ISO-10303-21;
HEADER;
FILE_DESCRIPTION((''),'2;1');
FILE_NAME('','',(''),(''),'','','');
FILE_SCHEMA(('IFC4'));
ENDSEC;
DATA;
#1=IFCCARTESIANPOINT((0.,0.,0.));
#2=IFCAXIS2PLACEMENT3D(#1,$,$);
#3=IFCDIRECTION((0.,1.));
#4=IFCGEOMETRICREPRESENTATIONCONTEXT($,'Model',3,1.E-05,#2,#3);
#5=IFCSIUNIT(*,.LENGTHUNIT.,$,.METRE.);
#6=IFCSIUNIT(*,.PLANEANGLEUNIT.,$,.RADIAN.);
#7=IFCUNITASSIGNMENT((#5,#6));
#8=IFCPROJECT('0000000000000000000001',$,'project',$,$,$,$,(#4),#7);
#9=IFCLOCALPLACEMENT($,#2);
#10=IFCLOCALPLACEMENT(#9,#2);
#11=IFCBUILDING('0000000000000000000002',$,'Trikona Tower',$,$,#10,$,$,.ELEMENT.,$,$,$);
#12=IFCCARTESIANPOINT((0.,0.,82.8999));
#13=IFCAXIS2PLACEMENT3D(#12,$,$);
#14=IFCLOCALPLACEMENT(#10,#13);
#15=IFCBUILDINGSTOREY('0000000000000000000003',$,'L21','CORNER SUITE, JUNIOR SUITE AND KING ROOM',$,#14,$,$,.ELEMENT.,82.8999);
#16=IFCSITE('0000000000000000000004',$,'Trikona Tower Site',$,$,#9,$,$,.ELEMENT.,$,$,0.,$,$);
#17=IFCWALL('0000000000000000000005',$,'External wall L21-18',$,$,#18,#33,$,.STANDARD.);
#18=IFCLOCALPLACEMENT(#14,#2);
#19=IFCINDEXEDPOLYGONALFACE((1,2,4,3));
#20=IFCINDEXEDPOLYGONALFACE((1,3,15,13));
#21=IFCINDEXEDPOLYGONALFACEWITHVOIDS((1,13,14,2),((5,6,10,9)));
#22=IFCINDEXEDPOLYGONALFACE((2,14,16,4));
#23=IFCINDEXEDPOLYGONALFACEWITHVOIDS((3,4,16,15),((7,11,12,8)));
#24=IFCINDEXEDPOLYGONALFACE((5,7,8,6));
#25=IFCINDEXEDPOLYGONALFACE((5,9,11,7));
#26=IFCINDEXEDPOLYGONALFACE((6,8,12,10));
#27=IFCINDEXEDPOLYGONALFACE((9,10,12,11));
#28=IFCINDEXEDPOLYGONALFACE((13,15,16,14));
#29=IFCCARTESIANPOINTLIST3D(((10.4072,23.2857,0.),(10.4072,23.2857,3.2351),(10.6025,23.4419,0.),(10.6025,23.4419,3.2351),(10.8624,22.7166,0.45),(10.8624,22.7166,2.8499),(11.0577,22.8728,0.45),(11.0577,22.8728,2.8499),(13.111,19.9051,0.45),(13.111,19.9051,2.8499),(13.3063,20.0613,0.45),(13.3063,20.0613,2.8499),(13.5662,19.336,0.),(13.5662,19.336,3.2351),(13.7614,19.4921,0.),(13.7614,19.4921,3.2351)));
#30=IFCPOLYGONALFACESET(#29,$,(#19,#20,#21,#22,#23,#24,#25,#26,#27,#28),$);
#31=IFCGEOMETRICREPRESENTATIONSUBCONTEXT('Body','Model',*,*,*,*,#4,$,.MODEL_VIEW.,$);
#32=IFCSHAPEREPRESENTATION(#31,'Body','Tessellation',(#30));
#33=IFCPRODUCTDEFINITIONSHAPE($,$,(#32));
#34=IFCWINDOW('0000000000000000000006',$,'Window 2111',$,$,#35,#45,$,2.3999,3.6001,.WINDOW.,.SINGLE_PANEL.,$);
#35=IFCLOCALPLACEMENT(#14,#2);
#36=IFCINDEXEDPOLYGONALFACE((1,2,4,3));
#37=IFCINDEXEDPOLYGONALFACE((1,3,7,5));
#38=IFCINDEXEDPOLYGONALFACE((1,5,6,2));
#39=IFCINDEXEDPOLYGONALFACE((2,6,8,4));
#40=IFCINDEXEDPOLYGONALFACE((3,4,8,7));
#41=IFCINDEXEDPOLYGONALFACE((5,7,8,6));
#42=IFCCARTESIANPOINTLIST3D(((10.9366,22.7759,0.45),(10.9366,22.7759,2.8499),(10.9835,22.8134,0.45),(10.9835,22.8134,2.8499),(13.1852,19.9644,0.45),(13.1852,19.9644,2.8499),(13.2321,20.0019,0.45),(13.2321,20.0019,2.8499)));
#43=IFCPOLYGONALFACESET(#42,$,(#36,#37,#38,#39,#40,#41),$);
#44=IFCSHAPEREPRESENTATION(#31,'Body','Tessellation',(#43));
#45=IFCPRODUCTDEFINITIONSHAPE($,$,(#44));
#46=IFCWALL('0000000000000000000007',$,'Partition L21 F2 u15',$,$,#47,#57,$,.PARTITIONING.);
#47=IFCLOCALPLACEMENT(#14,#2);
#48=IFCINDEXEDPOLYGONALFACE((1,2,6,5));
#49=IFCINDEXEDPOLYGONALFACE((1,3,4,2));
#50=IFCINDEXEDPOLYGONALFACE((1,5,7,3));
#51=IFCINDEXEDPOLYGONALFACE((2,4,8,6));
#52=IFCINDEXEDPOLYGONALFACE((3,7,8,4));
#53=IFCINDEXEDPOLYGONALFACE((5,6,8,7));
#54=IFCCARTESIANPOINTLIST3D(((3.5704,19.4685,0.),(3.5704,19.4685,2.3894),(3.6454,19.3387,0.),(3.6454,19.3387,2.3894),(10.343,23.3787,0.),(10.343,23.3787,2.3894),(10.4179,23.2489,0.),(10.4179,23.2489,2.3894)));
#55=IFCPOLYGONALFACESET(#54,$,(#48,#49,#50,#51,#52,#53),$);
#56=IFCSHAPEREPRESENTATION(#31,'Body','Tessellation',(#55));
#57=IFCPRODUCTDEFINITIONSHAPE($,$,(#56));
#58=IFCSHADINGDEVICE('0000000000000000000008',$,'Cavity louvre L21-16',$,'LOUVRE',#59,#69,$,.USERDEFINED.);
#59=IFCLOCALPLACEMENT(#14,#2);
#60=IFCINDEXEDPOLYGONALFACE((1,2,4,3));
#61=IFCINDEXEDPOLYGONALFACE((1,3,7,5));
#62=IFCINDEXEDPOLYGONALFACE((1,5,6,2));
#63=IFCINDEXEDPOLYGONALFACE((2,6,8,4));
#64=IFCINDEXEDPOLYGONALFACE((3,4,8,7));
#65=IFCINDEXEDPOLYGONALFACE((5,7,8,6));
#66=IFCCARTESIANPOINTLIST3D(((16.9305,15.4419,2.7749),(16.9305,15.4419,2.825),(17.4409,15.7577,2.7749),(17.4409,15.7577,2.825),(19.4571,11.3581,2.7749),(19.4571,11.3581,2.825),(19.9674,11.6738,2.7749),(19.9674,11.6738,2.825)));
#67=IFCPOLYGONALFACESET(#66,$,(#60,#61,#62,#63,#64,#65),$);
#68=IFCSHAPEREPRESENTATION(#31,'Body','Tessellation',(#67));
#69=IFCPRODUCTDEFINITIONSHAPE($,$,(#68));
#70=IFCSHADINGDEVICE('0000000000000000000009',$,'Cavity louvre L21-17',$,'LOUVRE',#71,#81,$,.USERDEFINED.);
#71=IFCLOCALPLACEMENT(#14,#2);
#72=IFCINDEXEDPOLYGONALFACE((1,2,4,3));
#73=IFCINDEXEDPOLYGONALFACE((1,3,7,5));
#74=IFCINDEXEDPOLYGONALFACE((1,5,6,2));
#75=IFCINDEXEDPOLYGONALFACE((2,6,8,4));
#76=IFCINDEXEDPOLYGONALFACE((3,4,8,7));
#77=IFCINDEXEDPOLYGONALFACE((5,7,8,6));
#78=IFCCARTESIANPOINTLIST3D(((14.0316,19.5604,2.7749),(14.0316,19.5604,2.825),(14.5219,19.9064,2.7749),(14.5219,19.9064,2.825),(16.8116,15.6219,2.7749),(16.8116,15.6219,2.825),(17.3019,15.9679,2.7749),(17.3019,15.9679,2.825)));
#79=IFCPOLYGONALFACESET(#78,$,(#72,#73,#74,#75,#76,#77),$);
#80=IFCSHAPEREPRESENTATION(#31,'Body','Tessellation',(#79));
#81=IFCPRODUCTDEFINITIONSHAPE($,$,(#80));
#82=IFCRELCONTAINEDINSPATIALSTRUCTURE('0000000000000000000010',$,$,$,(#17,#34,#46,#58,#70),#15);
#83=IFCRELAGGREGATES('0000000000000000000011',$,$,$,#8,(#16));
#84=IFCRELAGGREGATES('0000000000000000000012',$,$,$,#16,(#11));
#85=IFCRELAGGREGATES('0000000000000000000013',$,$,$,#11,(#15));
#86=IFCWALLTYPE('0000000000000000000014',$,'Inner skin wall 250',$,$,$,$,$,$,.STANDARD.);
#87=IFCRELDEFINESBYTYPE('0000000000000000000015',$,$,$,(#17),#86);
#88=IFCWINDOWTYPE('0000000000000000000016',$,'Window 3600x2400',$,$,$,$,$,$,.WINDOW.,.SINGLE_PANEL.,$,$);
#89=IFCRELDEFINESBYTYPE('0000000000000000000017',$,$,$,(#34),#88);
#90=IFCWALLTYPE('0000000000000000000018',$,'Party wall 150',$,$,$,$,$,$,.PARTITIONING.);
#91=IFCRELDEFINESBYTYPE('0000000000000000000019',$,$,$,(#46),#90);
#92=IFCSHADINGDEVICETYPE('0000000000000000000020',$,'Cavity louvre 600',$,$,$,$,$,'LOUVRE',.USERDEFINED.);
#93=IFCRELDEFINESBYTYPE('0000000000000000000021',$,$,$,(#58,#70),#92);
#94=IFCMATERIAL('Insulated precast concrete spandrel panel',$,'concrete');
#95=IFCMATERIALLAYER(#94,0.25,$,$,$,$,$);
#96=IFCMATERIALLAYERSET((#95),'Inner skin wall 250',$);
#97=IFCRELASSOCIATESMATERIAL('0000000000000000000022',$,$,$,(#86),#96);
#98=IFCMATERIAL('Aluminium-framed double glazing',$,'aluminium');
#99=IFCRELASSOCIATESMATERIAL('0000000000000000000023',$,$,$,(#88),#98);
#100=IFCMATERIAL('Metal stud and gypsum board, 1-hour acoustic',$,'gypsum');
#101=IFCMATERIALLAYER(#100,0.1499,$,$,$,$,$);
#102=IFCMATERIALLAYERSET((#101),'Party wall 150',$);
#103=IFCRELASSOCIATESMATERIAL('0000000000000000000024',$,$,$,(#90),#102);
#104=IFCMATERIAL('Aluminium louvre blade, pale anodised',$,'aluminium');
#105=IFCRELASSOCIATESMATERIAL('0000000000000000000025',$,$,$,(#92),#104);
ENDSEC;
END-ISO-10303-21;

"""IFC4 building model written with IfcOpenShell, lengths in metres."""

from ifc_helpers import new_model, si_unit, direction, frame, frame_2d, origin, origin_2d, place, context, subcontext, project, spatial, rectangle, extrude, material, layer, layer_set, type_object, element, fill, save


model = new_model("IFC4")

# Units and contexts
model_context = context("Model", 3, precision=1e-05, world=origin(), true_north=direction((0.0, 1.0)))
body_context = subcontext(model_context, "Body", "Model", "MODEL_VIEW")
ifc_project = project(units=[si_unit("LENGTHUNIT", "METRE"), si_unit("PLANEANGLEUNIT", "RADIAN")], contexts=[model_context])

# Site, building, storey
site_placement = place(None, origin())
site = spatial("IfcSite", under=ifc_project, at=site_placement, Name="Trikona Tower Site", CompositionType="ELEMENT", RefElevation=0.0)
building_placement = place(site_placement, origin())
building = spatial("IfcBuilding", under=site, at=building_placement, Name="Trikona Tower", CompositionType="ELEMENT")
storey_placement = place(building_placement, frame((0.0, 0.0, 82.8999)))
storey = spatial("IfcBuildingStorey", under=building, at=storey_placement, Name="L21", Description="CORNER SUITE, JUNIOR SUITE AND KING ROOM", CompositionType="ELEMENT", Elevation=82.8999)

# Wall, opening, window
ifc_material_1 = material(Name="Insulated precast concrete spandrel panel", Category="concrete")
ifc_layer_1 = layer(ifc_material_1, 0.25)
ifc_layer_set_1 = layer_set([ifc_layer_1], Name="Inner skin wall 250")
wall_type_1 = type_object("IfcWallType", Name="Inner skin wall 250", PredefinedType="STANDARD", material=ifc_layer_set_1)
ifc_material_2 = material(Name="Aluminium-framed double glazing", Category="aluminium")
window_type = type_object("IfcWindowType", Name="Window 3600x2400", PartitioningType="SINGLE_PANEL", PredefinedType="WINDOW", material=ifc_material_2)
wall_1_placement = place(storey_placement, frame((13.6638, 19.4141, 0.0), z_axis=(0.0, 0.0, 1.0), x_axis=(-0.624595, 0.780949, 0.0)))
wall_1 = element("IfcWall", 1, at=wall_1_placement, inside=storey, type_object=wall_type_1, Name="External wall L21-18", PredefinedType="STANDARD", context=body_context, shape_type="SweptSolid", body=[
    extrude(rectangle(XDim=5.0576, YDim=0.25, at=frame_2d((2.5288, 0.0))), origin(), (0.0, 0.0, 1.0), 3.2351),
])
opening_1_placement = place(wall_1_placement, frame((0.7288, 0.0, 0.45)))
opening_1 = element("IfcOpeningElement", 2, at=opening_1_placement, cuts=wall_1, PredefinedType="OPENING", context=body_context, shape_type="SweptSolid", body=[
    extrude(rectangle(XDim=3.6001, YDim=2.3999, at=frame_2d((1.8, 1.2))), frame((0.0, 0.135, 0.0), z_axis=(0.0, -1.0, 0.0), x_axis=(1.0, 0.0, 0.0)), (0.0, 0.0, 1.0), 0.27),
])
window_1_placement = place(opening_1_placement, origin())
window_1 = element("IfcWindow", 3, at=window_1_placement, inside=storey, type_object=window_type, Name="Window 2111", OverallHeight=2.3999, OverallWidth=3.6001, PartitioningType="SINGLE_PANEL", PredefinedType="WINDOW", context=body_context, shape_type="SweptSolid", body=[
    extrude(rectangle(XDim=3.6001, YDim=2.3999, at=frame_2d((1.8, 1.2))), frame((0.0, 0.03, 0.0), z_axis=(0.0, -1.0, 0.0), x_axis=(1.0, 0.0, 0.0)), (0.0, 0.0, 1.0), 0.0601),
])
fill(opening_1, window_1)

# Wall
ifc_material_3 = material(Name="Metal stud and gypsum board, 1-hour acoustic", Category="gypsum")
ifc_layer_2 = layer(ifc_material_3, 0.1499)
ifc_layer_set_2 = layer_set([ifc_layer_2], Name="Party wall 150")
wall_type_2 = type_object("IfcWallType", Name="Party wall 150", PredefinedType="PARTITIONING", material=ifc_layer_set_2)
wall_2_placement = place(storey_placement, frame((3.6079, 19.4036, 0.0), z_axis=(0.0, 0.0, 1.0), x_axis=(0.866021, 0.500007, 0.0)))
element("IfcWall", 4, at=wall_2_placement, inside=storey, type_object=wall_type_2, Name="Partition L21 F2 u15", PredefinedType="PARTITIONING", context=body_context, shape_type="SweptSolid", body=[
    extrude(rectangle(XDim=7.8203, YDim=0.1499, at=frame_2d((3.9102, 0.0))), origin(), (0.0, 0.0, 1.0), 2.3894),
])

# Shading devices
ifc_material_4 = material(Name="Aluminium louvre blade, pale anodised", Category="aluminium")
shading_device_type = type_object("IfcShadingDeviceType", Name="Cavity louvre 600", ElementType="LOUVRE", PredefinedType="USERDEFINED", material=ifc_material_4)
shading_device_1_placement = place(storey_placement, frame((18.449, 13.5579, 2.7749), z_axis=(0.0, 0.0, 1.0), x_axis=(-0.526119, 0.850411, 0.0)))
element("IfcShadingDevice", 5, at=shading_device_1_placement, inside=storey, type_object=shading_device_type, Name="Cavity louvre L21-16", ObjectType="LOUVRE", PredefinedType="USERDEFINED", context=body_context, shape_type="SweptSolid", body=[
    extrude(rectangle(XDim=4.8022, YDim=0.6001, at=origin_2d()), origin(), (0.0, 0.0, 1.0), 0.05),
])
shading_device_2_placement = place(storey_placement, frame((15.6667, 17.7642, 2.7749), z_axis=(0.0, 0.0, 1.0), x_axis=(-0.576662, 0.816983, 0.0)))
element("IfcShadingDevice", 6, at=shading_device_2_placement, inside=storey, type_object=shading_device_type, Name="Cavity louvre L21-17", ObjectType="LOUVRE", PredefinedType="USERDEFINED", context=body_context, shape_type="SweptSolid", body=[
    extrude(rectangle(XDim=4.8208, YDim=0.6001, at=origin_2d()), origin(), (0.0, 0.0, 1.0), 0.05),
])

save(model, "model.ifc")
